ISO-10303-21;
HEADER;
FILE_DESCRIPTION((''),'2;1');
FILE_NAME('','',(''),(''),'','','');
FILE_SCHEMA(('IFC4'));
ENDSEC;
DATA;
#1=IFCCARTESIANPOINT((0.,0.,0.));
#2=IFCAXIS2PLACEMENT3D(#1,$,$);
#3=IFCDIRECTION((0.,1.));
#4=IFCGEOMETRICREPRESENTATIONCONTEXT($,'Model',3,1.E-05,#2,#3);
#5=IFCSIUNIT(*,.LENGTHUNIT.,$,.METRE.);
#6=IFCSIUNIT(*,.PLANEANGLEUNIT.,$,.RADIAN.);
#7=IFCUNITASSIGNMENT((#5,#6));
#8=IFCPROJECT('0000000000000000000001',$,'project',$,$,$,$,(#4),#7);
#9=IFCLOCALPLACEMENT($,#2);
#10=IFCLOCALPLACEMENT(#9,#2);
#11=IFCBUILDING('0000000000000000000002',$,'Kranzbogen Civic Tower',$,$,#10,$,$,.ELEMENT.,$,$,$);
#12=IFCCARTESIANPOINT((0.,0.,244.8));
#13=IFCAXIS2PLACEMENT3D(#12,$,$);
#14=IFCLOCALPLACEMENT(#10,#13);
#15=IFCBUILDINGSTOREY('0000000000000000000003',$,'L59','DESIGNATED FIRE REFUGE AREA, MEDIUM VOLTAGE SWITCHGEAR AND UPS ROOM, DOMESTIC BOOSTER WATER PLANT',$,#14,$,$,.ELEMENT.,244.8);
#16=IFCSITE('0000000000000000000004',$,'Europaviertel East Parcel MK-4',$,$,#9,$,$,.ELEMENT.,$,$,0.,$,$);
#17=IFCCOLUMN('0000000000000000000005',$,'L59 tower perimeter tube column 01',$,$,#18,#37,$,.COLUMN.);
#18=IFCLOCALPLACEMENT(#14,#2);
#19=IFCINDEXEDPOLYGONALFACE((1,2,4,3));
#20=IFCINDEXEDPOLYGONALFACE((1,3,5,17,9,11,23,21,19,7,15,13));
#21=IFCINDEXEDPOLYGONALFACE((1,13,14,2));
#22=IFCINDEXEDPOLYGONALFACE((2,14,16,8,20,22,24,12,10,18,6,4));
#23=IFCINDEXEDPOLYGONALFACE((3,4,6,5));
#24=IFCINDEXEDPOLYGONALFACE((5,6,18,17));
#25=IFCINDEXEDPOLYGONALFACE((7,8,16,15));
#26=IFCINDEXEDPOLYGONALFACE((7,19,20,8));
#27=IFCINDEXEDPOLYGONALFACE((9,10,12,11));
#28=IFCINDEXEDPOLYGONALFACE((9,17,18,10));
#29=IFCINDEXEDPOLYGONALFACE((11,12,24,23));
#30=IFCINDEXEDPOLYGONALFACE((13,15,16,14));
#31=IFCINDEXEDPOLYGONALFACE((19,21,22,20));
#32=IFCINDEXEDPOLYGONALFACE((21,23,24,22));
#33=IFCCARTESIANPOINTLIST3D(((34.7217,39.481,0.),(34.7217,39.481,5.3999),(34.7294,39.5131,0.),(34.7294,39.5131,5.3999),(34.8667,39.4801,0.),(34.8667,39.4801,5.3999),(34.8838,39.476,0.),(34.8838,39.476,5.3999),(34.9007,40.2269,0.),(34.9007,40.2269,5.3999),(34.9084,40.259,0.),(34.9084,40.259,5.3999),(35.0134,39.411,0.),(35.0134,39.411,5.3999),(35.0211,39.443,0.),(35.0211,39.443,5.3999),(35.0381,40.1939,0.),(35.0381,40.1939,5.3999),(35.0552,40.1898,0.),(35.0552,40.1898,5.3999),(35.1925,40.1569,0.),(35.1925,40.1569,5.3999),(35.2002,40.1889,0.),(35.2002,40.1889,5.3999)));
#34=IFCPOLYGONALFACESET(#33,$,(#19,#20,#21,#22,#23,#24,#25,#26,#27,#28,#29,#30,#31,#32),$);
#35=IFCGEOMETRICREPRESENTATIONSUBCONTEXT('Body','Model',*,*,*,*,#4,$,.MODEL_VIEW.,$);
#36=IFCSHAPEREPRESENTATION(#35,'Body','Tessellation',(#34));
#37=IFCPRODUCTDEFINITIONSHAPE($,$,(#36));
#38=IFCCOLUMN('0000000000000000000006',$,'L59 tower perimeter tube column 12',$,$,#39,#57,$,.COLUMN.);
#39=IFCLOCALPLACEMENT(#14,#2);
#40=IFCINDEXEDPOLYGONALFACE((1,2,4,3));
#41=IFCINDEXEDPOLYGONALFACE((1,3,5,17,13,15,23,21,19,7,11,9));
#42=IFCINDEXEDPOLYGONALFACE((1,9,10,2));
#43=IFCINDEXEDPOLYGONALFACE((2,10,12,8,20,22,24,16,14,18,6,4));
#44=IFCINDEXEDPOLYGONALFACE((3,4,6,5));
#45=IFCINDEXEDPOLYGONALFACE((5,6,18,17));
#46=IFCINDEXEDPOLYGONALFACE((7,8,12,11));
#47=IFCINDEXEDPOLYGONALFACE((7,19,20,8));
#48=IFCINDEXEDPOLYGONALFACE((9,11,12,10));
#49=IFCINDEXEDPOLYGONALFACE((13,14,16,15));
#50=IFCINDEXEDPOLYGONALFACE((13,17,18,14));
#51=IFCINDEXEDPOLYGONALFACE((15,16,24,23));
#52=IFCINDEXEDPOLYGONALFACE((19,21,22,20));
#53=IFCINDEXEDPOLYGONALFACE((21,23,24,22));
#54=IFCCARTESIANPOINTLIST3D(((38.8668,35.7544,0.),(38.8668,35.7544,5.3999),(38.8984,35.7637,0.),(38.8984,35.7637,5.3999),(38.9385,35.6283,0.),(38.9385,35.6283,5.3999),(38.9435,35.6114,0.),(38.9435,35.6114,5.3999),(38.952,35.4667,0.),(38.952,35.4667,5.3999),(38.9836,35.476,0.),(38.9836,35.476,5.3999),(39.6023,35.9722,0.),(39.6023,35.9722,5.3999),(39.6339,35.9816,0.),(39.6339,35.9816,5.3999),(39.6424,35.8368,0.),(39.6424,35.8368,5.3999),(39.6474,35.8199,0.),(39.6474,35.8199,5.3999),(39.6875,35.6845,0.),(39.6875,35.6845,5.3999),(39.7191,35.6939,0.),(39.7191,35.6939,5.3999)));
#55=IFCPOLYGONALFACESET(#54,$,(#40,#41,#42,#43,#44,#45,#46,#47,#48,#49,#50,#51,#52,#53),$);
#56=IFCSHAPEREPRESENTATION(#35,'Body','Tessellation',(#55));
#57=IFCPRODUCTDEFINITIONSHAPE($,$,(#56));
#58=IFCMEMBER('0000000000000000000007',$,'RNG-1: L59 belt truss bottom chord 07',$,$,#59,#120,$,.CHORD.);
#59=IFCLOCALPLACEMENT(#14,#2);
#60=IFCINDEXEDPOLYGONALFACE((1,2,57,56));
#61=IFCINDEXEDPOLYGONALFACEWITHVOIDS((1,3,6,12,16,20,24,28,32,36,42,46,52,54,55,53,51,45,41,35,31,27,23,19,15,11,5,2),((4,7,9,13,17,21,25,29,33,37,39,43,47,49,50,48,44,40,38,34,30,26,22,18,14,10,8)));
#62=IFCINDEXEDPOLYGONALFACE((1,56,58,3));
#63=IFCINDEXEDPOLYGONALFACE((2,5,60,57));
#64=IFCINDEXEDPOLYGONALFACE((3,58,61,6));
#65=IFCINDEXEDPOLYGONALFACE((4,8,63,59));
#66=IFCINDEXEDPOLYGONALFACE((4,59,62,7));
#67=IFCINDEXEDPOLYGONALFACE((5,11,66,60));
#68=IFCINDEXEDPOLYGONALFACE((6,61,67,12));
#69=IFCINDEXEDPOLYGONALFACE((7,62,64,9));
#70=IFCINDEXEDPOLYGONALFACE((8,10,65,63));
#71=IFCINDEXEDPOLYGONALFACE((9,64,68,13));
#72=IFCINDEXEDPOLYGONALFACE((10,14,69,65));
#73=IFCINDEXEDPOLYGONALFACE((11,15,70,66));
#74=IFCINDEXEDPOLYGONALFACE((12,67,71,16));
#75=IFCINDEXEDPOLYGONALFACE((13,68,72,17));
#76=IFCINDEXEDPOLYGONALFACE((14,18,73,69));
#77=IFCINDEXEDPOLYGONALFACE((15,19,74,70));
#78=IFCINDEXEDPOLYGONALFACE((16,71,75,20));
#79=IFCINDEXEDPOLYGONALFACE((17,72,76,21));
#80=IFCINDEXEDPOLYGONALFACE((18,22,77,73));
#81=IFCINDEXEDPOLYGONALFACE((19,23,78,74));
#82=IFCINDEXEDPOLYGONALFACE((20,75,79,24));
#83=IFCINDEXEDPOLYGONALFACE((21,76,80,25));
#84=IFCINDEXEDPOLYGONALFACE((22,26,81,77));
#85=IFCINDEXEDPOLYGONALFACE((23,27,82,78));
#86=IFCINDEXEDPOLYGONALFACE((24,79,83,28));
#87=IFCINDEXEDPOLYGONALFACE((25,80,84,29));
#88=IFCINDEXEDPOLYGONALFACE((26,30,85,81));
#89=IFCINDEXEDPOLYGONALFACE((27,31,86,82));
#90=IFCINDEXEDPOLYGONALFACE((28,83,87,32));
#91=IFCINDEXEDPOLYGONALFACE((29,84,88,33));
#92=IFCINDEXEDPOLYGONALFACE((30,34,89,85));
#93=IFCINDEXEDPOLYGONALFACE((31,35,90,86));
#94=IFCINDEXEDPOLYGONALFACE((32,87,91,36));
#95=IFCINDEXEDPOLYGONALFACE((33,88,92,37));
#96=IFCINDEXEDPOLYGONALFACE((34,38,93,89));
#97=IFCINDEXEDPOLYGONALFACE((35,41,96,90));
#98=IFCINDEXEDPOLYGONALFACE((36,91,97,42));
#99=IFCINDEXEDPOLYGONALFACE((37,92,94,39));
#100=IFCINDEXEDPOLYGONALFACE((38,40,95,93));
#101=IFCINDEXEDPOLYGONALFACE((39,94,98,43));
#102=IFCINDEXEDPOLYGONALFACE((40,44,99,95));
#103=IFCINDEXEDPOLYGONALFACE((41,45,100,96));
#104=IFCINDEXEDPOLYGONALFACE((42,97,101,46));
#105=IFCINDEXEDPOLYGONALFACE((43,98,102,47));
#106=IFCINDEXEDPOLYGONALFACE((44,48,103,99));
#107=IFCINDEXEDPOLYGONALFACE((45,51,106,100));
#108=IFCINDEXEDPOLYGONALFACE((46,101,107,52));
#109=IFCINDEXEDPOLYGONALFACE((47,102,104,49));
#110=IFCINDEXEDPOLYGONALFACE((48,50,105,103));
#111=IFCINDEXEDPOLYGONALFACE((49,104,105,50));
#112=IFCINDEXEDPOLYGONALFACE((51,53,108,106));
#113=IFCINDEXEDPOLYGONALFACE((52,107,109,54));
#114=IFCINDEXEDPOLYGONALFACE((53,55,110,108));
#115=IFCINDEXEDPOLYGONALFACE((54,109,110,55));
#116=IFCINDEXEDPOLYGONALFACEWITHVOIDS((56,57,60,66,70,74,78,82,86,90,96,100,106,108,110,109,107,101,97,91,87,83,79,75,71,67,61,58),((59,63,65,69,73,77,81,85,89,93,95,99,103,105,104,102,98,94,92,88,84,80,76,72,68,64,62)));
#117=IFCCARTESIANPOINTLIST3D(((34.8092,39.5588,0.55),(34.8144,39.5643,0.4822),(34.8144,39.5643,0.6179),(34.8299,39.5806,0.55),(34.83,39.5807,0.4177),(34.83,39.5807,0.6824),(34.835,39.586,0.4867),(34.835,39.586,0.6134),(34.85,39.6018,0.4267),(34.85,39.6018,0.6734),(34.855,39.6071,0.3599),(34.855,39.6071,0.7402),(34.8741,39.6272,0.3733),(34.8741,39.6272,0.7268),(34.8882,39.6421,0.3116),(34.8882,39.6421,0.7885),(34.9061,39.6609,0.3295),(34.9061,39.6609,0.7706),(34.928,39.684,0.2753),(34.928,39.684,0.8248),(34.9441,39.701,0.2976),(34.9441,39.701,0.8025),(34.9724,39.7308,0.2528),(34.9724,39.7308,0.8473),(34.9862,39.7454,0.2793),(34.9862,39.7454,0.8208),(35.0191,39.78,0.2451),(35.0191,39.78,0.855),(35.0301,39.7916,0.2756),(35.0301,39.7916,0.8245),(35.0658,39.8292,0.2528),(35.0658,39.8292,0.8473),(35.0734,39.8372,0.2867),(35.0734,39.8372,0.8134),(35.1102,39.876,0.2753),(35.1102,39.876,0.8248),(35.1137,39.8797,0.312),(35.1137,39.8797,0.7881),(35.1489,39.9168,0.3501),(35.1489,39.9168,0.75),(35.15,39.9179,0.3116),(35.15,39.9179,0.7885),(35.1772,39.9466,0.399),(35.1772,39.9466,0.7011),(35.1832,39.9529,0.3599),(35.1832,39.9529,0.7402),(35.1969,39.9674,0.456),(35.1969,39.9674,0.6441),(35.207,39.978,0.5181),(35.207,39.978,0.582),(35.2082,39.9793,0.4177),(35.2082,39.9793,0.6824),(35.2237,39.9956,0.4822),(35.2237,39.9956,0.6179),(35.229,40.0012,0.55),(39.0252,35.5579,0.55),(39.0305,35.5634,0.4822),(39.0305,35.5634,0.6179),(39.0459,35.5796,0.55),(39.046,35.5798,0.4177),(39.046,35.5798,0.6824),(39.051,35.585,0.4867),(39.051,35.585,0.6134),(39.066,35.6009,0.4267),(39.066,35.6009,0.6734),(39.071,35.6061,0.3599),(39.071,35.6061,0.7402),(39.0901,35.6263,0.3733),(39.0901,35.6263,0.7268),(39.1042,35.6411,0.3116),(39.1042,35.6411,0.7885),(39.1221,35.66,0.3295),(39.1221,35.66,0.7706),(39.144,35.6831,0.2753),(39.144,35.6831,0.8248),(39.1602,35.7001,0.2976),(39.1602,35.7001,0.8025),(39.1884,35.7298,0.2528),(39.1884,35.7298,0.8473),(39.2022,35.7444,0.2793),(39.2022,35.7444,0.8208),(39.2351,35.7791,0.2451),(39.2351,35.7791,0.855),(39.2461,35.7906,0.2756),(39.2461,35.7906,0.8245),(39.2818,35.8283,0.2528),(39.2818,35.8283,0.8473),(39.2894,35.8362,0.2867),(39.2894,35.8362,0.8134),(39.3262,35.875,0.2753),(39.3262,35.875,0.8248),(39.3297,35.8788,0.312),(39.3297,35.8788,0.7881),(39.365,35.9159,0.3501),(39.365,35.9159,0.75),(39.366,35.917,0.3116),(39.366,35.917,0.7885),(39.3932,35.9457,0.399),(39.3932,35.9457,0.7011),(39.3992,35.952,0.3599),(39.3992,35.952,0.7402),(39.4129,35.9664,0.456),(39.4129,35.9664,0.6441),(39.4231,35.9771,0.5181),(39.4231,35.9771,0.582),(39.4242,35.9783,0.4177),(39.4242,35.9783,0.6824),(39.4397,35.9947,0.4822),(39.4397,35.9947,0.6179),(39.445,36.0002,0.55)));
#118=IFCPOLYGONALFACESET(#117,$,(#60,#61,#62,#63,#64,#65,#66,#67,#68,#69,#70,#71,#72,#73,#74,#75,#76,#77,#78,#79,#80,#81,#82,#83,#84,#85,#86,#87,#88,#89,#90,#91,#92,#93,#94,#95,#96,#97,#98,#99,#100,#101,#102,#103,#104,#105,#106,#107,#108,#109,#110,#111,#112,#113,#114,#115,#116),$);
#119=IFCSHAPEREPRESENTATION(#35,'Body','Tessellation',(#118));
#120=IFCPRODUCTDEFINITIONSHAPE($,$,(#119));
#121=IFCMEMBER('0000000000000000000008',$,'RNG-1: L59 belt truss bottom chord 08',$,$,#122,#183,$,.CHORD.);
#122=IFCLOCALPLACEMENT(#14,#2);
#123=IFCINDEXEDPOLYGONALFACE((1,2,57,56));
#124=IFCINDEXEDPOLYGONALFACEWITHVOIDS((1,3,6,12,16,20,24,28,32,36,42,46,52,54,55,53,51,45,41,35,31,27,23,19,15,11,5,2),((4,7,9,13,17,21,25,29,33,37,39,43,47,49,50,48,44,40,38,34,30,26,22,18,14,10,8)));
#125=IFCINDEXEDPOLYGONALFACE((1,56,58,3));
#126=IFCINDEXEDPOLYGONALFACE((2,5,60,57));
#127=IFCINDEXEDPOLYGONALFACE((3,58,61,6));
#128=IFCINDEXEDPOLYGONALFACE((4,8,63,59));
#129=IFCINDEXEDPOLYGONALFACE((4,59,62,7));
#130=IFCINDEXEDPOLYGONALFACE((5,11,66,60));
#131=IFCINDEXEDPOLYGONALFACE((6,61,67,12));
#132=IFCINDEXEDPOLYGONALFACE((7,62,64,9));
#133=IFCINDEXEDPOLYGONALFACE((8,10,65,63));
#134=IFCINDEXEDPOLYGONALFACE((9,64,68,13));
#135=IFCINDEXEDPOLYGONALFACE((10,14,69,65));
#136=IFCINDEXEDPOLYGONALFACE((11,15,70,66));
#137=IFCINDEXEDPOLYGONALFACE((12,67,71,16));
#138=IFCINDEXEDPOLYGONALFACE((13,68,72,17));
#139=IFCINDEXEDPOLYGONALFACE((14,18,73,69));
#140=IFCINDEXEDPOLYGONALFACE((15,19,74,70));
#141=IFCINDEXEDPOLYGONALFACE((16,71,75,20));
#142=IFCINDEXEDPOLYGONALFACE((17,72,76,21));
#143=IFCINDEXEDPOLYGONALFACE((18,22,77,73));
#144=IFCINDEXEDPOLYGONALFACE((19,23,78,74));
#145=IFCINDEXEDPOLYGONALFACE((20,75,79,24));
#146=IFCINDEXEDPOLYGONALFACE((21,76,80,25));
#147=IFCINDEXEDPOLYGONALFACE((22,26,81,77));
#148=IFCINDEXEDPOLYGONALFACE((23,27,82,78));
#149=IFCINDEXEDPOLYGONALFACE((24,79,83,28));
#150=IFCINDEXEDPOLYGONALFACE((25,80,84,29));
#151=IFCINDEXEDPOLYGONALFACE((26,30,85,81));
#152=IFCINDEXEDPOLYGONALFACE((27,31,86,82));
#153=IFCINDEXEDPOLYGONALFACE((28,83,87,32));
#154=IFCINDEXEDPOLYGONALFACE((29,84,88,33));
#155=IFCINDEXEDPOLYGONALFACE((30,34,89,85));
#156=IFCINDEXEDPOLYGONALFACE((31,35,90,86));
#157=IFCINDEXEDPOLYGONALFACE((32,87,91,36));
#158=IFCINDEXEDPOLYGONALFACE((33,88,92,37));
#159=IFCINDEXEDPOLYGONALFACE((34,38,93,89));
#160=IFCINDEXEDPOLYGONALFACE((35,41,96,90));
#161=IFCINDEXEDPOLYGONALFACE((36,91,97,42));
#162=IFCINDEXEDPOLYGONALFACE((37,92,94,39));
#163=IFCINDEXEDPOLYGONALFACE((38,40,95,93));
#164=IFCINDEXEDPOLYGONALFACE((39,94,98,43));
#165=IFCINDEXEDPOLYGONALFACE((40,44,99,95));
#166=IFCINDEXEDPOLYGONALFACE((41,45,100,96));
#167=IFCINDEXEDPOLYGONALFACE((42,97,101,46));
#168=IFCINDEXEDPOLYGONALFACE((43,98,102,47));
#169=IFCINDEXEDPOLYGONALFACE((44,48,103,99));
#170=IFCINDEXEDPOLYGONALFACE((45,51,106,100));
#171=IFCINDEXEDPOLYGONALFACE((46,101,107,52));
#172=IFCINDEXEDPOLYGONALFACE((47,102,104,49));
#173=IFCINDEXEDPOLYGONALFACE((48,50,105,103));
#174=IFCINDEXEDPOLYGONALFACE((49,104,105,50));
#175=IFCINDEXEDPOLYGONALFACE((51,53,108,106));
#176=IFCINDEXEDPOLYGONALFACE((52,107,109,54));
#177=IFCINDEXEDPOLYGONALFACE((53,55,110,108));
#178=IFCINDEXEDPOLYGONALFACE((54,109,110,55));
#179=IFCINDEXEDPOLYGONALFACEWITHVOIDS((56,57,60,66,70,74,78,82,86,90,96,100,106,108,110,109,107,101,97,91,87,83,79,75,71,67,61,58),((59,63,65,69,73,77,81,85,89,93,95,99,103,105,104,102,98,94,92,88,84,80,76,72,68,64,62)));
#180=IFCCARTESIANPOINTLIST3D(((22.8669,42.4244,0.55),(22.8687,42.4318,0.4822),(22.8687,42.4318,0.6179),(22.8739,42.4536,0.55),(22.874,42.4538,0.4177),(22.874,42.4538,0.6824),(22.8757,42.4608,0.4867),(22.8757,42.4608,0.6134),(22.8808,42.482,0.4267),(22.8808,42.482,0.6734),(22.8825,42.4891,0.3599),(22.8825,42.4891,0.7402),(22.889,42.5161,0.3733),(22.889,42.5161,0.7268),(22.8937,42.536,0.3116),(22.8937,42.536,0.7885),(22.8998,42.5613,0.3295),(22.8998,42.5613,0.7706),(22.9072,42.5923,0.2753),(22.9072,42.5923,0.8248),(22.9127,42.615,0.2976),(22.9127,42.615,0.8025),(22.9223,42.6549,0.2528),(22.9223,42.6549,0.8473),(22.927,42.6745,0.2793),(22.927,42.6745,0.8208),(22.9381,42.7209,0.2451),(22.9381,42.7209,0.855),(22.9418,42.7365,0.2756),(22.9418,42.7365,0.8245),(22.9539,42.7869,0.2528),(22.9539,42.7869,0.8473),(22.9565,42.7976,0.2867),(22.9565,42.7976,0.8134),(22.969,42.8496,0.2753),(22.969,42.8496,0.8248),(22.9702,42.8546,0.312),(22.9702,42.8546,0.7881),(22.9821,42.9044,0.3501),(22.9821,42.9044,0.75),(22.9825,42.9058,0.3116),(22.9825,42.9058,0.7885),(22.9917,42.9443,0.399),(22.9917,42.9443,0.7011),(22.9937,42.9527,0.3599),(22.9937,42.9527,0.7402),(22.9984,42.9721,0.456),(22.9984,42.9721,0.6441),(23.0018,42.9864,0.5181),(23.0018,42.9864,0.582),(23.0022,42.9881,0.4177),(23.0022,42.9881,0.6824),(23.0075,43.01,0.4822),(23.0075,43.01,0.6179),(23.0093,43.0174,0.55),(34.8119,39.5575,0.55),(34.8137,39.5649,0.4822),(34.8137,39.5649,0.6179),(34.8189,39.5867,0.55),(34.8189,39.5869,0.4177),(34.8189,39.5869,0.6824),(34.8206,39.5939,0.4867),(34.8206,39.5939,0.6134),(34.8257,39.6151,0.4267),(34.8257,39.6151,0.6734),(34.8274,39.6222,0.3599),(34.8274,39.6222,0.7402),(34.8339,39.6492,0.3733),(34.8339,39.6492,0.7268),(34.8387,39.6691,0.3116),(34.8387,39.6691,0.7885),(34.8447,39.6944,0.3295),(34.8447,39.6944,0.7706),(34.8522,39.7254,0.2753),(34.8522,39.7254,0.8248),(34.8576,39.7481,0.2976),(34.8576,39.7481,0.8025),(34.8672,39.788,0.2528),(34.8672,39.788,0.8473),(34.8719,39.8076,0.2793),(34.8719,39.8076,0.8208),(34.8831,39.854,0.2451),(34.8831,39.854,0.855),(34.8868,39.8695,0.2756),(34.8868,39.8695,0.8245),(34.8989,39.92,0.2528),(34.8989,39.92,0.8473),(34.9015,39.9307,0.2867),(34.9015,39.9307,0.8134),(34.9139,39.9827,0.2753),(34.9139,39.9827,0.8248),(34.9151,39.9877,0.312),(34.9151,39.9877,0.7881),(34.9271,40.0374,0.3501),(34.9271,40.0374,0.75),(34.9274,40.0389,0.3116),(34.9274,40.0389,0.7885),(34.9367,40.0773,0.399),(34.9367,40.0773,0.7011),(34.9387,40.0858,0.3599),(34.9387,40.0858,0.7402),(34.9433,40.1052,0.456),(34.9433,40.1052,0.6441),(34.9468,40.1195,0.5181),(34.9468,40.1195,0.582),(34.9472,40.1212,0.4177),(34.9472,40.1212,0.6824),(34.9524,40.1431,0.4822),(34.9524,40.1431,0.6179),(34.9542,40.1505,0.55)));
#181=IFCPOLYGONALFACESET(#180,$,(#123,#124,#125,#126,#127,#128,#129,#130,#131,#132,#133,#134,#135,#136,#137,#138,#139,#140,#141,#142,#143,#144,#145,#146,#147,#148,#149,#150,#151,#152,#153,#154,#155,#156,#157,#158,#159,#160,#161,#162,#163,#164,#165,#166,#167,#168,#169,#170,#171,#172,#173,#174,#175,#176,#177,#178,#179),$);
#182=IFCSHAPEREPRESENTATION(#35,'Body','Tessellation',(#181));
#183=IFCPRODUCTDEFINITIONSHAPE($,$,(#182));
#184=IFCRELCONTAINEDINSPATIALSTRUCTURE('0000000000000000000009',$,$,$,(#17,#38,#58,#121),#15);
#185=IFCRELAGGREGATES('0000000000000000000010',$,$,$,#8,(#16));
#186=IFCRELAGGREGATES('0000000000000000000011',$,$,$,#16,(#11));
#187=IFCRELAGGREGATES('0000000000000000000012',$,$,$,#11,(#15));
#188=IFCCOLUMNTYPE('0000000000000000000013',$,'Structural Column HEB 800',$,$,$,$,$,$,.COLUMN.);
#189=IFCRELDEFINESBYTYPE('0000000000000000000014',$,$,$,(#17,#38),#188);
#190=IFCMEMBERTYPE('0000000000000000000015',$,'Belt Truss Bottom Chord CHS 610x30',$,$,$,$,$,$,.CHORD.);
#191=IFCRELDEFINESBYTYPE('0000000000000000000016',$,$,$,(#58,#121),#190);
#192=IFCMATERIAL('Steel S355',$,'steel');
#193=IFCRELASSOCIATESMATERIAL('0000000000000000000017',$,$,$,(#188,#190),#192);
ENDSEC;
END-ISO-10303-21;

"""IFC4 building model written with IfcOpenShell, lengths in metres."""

from ifc_helpers import new_model, si_unit, direction, frame, origin, origin_2d, place, context, subcontext, project, spatial, hollow_circle, i_section, extrude, material, material_profile, profile_set, type_object, element, save


model = new_model("IFC4")

# Units and contexts
model_context = context("Model", 3, precision=1e-05, world=origin(), true_north=direction((0.0, 1.0)))
body_context = subcontext(model_context, "Body", "Model", "MODEL_VIEW")
ifc_project = project(units=[si_unit("LENGTHUNIT", "METRE"), si_unit("PLANEANGLEUNIT", "RADIAN")], contexts=[model_context])

# Site, building, storey
site_placement = place(None, origin())
site = spatial("IfcSite", under=ifc_project, at=site_placement, Name="Europaviertel East Parcel MK-4", CompositionType="ELEMENT", RefElevation=0.0)
building_placement = place(site_placement, origin())
building = spatial("IfcBuilding", under=site, at=building_placement, Name="Kranzbogen Civic Tower", CompositionType="ELEMENT")
storey_placement = place(building_placement, frame((0.0, 0.0, 244.8)))
storey = spatial("IfcBuildingStorey", under=building, at=storey_placement, Name="L59", Description="DESIGNATED FIRE REFUGE AREA, MEDIUM VOLTAGE SWITCHGEAR AND UPS ROOM, DOMESTIC BOOSTER WATER PLANT", CompositionType="ELEMENT", Elevation=244.8)

# Columns
ifc_material_1 = material(Name="Steel S355", Category="steel")
ifc_material_profile_1 = material_profile(ifc_material_1, i_section(OverallWidth=0.3, OverallDepth=0.8, WebThickness=0.0176, FlangeThickness=0.033, at=origin_2d()), Name="HEB 800")
ifc_profile_set_1 = profile_set([ifc_material_profile_1], Name="Steel S355")
column_type = type_object("IfcColumnType", Name="Structural Column HEB 800", PredefinedType="COLUMN", material=ifc_profile_set_1)
for number, where, z_axis, x_axis, name in (
    (1, (34.9609, 39.835, 0.0), (0.0, 0.0, 1.0), (-0.97237, 0.233445, 0.0), "L59 tower perimeter tube column 01"),
    (2, (39.293, 35.7241, 0.0), (0.0, 0.0, 1.0), (-0.284015, 0.95882, 0.0), "L59 tower perimeter tube column 12"),
):
    element("IfcColumn", number, at=place(storey_placement, frame(where, z_axis=z_axis, x_axis=x_axis)), inside=storey, type_object=column_type, Name=name, PredefinedType="COLUMN", context=body_context, shape_type="SweptSolid", body=[
        extrude(i_section(OverallWidth=0.3, OverallDepth=0.8, WebThickness=0.0176, FlangeThickness=0.033, at=origin_2d()), origin(), (0.0, 0.0, 1.0), 5.3999),
    ])

# Members
ifc_material_profile_2 = material_profile(ifc_material_1, hollow_circle(Radius=0.3049, WallThickness=0.03, at=origin_2d()), Name="CHS 610x30")
ifc_profile_set_2 = profile_set([ifc_material_profile_2], Name="Steel S355")
member_type_1 = type_object("IfcMemberType", Name="Belt Truss Bottom Chord CHS 610x30", PredefinedType="CHORD", material=ifc_profile_set_2)
member_1_placement = place(storey_placement, frame((39.2351, 35.7791, 0.55), z_axis=(-0.725367, 0.688362, 0.0), x_axis=(-0.688362, -0.725367, 0.0)))
element("IfcMember", 3, at=member_1_placement, inside=storey, type_object=member_type_1, Name="RNG-1: L59 belt truss bottom chord 07", PredefinedType="CHORD", context=body_context, shape_type="SweptSolid", body=[
    extrude(hollow_circle(Radius=0.3049, WallThickness=0.03, at=origin_2d()), origin(), (0.0, 0.0, 1.0), 5.8123),
])
member_2_placement = place(storey_placement, frame((34.8831, 39.854, 0.55), z_axis=(-0.972385, 0.233383, 0.0), x_axis=(-0.233383, -0.972385, 0.0)))
element("IfcMember", 4, at=member_2_placement, inside=storey, type_object=member_type_1, Name="RNG-1: L59 belt truss bottom chord 08", PredefinedType="CHORD", context=body_context, shape_type="SweptSolid", body=[
    extrude(hollow_circle(Radius=0.3049, WallThickness=0.03, at=origin_2d()), origin(), (0.0, 0.0, 1.0), 12.2842),
])

save(model, "model.ifc")
